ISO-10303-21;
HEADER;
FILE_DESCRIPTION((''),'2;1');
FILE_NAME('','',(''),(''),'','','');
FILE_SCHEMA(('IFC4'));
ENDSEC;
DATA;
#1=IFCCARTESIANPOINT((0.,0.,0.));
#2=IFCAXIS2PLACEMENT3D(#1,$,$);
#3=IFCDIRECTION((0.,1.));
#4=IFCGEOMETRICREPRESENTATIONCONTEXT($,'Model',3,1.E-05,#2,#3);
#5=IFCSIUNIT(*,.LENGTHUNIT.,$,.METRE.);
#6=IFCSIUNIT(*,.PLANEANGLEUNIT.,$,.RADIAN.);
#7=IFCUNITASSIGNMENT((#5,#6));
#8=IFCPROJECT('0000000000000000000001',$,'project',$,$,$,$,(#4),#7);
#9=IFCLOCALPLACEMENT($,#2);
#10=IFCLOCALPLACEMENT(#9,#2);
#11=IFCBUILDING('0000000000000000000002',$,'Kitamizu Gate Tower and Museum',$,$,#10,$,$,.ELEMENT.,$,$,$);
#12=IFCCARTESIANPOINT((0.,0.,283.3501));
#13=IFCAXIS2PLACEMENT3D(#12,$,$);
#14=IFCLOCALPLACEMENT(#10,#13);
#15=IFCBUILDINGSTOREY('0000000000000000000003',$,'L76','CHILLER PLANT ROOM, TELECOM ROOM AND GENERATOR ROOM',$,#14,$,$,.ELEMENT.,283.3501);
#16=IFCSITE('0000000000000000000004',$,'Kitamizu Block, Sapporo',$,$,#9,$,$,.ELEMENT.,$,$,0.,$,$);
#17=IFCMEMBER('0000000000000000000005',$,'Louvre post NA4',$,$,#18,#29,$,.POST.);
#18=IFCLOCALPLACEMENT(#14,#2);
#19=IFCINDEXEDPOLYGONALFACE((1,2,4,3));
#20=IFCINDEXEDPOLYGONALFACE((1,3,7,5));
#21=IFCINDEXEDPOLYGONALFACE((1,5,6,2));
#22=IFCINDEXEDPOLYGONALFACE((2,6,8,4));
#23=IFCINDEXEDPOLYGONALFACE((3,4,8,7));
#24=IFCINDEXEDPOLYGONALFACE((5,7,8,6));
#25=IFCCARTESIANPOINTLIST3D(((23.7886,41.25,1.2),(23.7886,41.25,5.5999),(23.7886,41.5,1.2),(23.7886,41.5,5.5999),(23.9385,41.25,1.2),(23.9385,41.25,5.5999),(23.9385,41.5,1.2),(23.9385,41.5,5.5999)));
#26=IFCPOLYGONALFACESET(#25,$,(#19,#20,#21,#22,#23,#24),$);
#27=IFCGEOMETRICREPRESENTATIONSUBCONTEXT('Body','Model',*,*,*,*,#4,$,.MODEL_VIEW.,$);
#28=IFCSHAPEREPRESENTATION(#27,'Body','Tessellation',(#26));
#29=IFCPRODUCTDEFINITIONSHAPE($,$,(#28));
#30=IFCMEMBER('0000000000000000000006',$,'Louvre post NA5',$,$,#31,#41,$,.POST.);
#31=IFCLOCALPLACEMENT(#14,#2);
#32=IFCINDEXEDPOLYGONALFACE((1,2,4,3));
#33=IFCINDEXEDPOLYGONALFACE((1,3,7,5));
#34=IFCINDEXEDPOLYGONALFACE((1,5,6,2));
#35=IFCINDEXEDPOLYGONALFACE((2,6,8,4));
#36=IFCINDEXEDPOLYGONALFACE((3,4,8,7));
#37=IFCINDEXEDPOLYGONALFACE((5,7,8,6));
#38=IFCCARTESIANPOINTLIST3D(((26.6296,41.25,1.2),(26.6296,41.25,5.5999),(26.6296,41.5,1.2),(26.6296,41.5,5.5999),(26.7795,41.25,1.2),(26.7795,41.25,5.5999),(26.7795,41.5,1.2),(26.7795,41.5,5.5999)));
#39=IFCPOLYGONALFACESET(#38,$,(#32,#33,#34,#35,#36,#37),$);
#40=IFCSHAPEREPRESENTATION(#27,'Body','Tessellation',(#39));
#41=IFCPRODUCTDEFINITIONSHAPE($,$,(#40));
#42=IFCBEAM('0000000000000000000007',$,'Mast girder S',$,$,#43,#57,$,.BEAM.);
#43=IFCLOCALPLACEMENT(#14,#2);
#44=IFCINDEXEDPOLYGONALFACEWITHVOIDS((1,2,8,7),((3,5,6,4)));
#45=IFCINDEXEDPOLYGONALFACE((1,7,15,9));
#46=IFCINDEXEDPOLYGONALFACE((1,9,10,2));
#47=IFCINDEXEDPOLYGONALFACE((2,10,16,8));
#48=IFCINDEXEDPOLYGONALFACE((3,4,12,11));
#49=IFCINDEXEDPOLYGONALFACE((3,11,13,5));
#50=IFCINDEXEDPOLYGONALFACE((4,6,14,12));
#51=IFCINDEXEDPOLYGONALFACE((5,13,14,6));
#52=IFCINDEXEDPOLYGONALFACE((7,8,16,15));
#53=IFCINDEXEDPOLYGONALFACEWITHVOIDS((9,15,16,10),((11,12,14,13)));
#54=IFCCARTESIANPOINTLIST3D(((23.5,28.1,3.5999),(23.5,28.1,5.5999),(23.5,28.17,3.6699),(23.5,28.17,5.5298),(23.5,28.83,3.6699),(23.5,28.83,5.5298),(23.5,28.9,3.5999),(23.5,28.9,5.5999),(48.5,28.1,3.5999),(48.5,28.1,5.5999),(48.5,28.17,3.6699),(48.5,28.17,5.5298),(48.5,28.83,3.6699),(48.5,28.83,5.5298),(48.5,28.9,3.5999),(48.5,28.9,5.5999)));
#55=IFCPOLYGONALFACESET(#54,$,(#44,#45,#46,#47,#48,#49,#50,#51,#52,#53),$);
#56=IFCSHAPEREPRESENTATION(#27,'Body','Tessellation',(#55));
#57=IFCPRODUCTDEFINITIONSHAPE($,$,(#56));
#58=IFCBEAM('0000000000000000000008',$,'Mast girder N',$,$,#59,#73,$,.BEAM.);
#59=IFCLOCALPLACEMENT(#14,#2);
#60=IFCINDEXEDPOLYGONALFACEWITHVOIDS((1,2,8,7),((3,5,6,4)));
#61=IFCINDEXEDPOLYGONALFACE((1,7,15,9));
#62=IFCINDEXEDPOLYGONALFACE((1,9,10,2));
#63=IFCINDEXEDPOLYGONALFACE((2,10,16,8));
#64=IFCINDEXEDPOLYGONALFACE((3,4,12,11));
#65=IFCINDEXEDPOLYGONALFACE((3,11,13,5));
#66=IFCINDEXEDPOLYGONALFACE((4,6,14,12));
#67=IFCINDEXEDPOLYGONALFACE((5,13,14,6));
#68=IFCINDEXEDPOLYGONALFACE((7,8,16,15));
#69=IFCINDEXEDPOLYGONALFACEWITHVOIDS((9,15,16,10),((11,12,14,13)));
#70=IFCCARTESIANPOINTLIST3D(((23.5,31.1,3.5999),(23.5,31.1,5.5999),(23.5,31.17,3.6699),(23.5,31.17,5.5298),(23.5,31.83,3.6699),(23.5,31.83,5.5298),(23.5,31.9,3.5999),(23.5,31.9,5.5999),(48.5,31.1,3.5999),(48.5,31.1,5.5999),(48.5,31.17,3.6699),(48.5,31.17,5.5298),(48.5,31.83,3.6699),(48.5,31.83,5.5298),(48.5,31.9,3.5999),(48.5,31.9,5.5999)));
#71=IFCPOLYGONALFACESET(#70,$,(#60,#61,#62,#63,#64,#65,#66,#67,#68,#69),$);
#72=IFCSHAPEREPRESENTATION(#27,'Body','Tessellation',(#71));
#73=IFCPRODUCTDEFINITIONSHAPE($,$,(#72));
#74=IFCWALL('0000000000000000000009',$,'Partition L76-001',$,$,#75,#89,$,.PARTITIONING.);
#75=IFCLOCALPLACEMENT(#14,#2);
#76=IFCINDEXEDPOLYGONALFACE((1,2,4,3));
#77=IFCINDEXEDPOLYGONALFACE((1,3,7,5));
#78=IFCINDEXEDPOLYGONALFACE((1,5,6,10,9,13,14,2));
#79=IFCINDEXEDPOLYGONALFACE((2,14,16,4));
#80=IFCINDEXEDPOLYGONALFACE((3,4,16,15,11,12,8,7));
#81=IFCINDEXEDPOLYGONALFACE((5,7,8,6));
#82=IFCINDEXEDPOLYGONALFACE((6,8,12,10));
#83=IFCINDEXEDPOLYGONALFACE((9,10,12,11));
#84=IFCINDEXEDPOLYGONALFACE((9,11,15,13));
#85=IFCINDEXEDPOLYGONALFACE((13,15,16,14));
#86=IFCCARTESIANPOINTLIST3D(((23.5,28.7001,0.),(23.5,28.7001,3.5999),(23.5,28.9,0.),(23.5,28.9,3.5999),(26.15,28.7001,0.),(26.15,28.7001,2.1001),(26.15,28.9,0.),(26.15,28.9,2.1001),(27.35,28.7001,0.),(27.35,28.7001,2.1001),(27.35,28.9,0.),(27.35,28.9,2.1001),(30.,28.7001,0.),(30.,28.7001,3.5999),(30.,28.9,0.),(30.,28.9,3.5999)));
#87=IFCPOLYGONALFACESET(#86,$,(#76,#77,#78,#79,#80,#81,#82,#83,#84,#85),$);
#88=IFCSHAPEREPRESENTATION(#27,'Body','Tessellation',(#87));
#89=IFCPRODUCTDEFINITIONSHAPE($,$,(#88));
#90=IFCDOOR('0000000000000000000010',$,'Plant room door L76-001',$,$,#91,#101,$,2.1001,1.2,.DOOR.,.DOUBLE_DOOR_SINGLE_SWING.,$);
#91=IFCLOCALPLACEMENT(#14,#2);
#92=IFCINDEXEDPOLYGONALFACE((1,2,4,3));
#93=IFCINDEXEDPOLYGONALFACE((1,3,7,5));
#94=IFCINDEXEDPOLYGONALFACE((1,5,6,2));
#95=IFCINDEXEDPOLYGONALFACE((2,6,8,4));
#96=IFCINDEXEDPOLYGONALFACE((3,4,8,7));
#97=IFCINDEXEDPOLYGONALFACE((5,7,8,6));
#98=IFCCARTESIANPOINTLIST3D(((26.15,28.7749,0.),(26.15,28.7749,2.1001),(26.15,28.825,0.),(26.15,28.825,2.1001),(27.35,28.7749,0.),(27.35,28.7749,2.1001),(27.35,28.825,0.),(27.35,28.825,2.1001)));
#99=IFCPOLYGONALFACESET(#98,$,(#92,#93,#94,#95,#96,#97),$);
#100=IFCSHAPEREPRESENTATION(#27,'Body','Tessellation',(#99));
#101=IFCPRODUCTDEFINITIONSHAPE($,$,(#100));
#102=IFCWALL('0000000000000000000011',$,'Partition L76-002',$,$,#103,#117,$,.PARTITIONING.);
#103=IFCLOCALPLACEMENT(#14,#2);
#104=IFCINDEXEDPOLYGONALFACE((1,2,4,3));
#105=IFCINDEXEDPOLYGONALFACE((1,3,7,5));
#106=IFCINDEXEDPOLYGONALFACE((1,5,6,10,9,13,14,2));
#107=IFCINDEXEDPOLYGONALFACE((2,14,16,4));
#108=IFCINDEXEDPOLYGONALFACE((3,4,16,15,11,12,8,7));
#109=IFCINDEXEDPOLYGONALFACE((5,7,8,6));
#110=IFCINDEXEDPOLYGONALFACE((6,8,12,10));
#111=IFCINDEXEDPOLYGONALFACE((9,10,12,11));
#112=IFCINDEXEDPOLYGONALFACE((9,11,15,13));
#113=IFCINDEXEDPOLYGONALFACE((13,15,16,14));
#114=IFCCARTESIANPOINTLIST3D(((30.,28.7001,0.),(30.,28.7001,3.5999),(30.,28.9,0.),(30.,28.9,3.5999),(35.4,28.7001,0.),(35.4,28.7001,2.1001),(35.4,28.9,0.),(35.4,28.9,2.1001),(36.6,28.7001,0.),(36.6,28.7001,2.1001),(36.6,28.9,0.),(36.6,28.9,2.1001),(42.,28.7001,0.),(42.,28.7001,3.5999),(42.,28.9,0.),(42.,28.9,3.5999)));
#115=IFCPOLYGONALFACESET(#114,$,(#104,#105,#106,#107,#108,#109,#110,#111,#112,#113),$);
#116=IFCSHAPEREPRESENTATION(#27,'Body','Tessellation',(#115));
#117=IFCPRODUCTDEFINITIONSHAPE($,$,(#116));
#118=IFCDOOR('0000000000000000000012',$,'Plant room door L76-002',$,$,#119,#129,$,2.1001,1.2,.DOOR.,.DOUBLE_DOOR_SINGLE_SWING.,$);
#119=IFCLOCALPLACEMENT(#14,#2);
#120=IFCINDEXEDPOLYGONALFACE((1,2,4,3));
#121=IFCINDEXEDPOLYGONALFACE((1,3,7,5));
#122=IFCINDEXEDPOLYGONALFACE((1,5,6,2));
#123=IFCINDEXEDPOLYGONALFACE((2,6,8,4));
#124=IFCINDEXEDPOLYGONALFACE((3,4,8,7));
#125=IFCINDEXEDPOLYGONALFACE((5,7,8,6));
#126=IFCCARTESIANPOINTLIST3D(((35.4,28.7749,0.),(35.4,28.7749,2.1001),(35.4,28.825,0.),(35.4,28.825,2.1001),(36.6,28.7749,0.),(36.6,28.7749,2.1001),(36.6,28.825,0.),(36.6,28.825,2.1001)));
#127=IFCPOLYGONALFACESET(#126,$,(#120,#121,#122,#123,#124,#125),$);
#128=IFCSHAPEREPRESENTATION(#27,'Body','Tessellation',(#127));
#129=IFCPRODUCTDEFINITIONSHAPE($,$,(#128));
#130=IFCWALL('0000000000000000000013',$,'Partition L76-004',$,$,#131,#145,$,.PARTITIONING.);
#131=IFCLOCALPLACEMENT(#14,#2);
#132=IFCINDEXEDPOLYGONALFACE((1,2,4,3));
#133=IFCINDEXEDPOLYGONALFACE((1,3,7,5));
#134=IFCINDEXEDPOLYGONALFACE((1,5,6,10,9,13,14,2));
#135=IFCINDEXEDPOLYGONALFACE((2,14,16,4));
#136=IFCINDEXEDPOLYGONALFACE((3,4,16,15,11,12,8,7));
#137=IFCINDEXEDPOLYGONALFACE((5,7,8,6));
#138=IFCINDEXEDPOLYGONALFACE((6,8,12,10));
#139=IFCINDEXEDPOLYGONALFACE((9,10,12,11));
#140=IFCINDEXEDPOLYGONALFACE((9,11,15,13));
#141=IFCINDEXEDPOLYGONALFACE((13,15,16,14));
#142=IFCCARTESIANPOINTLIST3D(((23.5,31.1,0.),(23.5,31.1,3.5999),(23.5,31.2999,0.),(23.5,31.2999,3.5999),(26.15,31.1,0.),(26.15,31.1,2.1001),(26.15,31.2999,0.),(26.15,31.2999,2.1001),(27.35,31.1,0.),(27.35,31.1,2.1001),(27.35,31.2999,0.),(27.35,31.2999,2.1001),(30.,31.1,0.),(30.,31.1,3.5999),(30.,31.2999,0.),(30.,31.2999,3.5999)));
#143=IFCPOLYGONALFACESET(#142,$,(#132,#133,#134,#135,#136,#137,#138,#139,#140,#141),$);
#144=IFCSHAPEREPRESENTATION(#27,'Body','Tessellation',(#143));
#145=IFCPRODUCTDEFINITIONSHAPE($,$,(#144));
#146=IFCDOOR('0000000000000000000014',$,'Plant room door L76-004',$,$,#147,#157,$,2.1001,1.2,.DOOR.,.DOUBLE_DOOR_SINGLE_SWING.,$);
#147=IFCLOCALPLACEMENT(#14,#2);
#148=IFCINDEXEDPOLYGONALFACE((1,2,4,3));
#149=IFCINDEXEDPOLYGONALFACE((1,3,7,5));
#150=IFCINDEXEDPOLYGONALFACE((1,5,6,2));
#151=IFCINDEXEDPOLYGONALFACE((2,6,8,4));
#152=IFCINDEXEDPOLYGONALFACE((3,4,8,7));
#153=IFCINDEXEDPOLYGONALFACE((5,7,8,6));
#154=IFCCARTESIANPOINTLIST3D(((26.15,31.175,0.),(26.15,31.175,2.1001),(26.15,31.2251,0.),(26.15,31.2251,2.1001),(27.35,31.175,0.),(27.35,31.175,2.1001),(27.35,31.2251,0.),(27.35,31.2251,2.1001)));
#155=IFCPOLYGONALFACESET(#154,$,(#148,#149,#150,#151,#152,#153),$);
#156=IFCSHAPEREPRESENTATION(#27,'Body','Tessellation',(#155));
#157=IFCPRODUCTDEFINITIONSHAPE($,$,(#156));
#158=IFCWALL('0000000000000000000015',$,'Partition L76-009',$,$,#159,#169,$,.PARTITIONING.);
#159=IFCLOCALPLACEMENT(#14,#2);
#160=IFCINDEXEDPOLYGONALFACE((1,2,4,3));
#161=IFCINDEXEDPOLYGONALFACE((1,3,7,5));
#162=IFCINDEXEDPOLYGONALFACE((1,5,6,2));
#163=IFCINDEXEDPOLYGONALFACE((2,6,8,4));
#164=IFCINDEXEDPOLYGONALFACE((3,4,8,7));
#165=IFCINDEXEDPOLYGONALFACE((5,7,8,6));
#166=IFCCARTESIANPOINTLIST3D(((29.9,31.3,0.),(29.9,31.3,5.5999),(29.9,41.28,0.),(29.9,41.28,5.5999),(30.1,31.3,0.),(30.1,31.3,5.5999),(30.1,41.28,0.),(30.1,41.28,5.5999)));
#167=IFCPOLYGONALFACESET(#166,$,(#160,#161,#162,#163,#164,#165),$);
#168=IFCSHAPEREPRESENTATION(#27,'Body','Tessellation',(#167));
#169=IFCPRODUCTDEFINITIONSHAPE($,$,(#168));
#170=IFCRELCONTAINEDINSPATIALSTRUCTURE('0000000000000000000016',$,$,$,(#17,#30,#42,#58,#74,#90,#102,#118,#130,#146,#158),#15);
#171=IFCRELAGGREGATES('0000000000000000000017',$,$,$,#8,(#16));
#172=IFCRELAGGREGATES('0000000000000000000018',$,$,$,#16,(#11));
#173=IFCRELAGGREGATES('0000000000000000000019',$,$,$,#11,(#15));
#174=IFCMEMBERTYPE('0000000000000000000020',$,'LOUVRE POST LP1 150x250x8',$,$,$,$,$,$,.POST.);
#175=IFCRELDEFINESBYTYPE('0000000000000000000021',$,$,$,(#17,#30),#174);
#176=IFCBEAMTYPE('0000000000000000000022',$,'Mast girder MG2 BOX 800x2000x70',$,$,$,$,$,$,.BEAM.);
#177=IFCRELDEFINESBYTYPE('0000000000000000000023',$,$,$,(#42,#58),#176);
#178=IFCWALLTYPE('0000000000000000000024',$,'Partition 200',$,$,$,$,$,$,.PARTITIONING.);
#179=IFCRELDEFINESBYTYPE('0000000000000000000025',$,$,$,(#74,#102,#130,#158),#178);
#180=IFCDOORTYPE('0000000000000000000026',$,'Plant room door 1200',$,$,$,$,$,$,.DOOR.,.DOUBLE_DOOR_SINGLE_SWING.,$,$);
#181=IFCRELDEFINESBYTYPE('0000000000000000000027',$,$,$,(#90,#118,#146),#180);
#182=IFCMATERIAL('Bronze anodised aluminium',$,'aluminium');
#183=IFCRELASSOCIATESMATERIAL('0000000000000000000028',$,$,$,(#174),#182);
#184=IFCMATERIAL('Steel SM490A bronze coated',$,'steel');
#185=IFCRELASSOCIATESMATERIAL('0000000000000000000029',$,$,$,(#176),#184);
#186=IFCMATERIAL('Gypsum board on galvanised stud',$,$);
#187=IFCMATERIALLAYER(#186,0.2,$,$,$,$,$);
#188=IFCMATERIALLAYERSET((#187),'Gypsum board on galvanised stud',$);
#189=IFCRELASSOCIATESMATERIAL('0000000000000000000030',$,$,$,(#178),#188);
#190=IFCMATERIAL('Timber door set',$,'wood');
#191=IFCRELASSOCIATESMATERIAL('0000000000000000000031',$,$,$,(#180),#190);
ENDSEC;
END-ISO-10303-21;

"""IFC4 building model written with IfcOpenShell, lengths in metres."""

from ifc_helpers import new_model, si_unit, direction, frame, frame_2d, origin, origin_2d, place, context, subcontext, project, spatial, rectangle, hollow_rectangle, extrude, material, layer, layer_set, material_profile, profile_set, type_object, element, fill, save


model = new_model("IFC4")

# Units and contexts
model_context = context("Model", 3, precision=1e-05, world=origin(), true_north=direction((0.0, 1.0)))
body_context = subcontext(model_context, "Body", "Model", "MODEL_VIEW")
ifc_project = project(units=[si_unit("LENGTHUNIT", "METRE"), si_unit("PLANEANGLEUNIT", "RADIAN")], contexts=[model_context])

# Site, building, storey
site_placement = place(None, origin())
site = spatial("IfcSite", under=ifc_project, at=site_placement, Name="Kitamizu Block, Sapporo", CompositionType="ELEMENT", RefElevation=0.0)
building_placement = place(site_placement, origin())
building = spatial("IfcBuilding", under=site, at=building_placement, Name="Kitamizu Gate Tower and Museum", CompositionType="ELEMENT")
storey_placement = place(building_placement, frame((0.0, 0.0, 283.3501)))
storey = spatial("IfcBuildingStorey", under=building, at=storey_placement, Name="L76", Description="CHILLER PLANT ROOM, TELECOM ROOM AND GENERATOR ROOM", CompositionType="ELEMENT", Elevation=283.3501)

# Members
ifc_material_1 = material(Name="Bronze anodised aluminium", Category="aluminium")
ifc_material_profile_1 = material_profile(ifc_material_1, rectangle(XDim=0.1499, YDim=0.25, at=origin_2d()), Name="AL 150x250")
ifc_profile_set_1 = profile_set([ifc_material_profile_1], Name="Bronze anodised aluminium")
member_type = type_object("IfcMemberType", Name="LOUVRE POST LP1 150x250x8", PredefinedType="POST", material=ifc_profile_set_1)
for number, where, z_axis, x_axis, name in (
    (1, (23.8635, 41.375, 1.2), (0.0, 0.0, 1.0), (1.0, 0.0, 0.0), "Louvre post NA4"),
    (2, (26.7046, 41.375, 1.2), (0.0, 0.0, 1.0), (1.0, 0.0, 0.0), "Louvre post NA5"),
):
    element("IfcMember", number, at=place(storey_placement, frame(where, z_axis=z_axis, x_axis=x_axis)), inside=storey, type_object=member_type, Name=name, PredefinedType="POST", context=body_context, shape_type="SweptSolid", body=[
        extrude(rectangle(XDim=0.1499, YDim=0.25, at=origin_2d()), origin(), (0.0, 0.0, 1.0), 4.3999),
    ])

# Beams
ifc_material_2 = material(Name="Steel SM490A bronze coated", Category="steel")
ifc_material_profile_2 = material_profile(ifc_material_2, hollow_rectangle(XDim=0.8, YDim=2.0, WallThickness=0.0701, at=origin_2d()), Name="BOX 800x2000x70")
ifc_profile_set_2 = profile_set([ifc_material_profile_2], Name="Steel SM490A bronze coated")
beam_type = type_object("IfcBeamType", Name="Mast girder MG2 BOX 800x2000x70", PredefinedType="BEAM", material=ifc_profile_set_2)
for number, where, z_axis, x_axis, name in (
    (3, (23.5, 28.5, 4.5999), (1.0, 0.0, 0.0), (0.0, 1.0, 0.0), "Mast girder S"),
    (4, (23.5, 31.5, 4.5999), (1.0, 0.0, 0.0), (0.0, 1.0, 0.0), "Mast girder N"),
):
    element("IfcBeam", number, at=place(storey_placement, frame(where, z_axis=z_axis, x_axis=x_axis)), inside=storey, type_object=beam_type, Name=name, PredefinedType="BEAM", context=body_context, shape_type="SweptSolid", body=[
        extrude(hollow_rectangle(XDim=0.8, YDim=2.0, WallThickness=0.0701, at=origin_2d()), origin(), (0.0, 0.0, 1.0), 25.0),
    ])

# Walls, openings, doors
ifc_material_3 = material(Name="Gypsum board on galvanised stud")
ifc_layer = layer(ifc_material_3, 0.2)
ifc_layer_set = layer_set([ifc_layer], Name="Gypsum board on galvanised stud")
wall_type = type_object("IfcWallType", Name="Partition 200", PredefinedType="PARTITIONING", material=ifc_layer_set)
wall_1_placement = place(storey_placement, frame((23.5, 28.8, 0.0), z_axis=(0.0, 0.0, 1.0), x_axis=(1.0, 0.0, 0.0)))
wall_1 = element("IfcWall", 5, at=wall_1_placement, inside=storey, type_object=wall_type, Name="Partition L76-001", PredefinedType="PARTITIONING", context=body_context, shape_type="SweptSolid", body=[
    extrude(rectangle(XDim=6.5, YDim=0.2, at=frame_2d((3.25, 0.0))), origin(), (0.0, 0.0, 1.0), 3.5999),
])
opening_1_placement = place(wall_1_placement, frame((2.6499, 0.0, 0.0)))
opening_1 = element("IfcOpeningElement", 6, at=opening_1_placement, cuts=wall_1, PredefinedType="OPENING", context=body_context, shape_type="SweptSolid", body=[
    extrude(rectangle(XDim=1.2, YDim=2.1001, at=frame_2d((0.6001, 1.05))), frame((0.0, 0.1099, 0.0), z_axis=(0.0, -1.0, 0.0), x_axis=(1.0, 0.0, 0.0)), (0.0, 0.0, 1.0), 0.22),
])
ifc_material_4 = material(Name="Timber door set", Category="wood")
door_type = type_object("IfcDoorType", Name="Plant room door 1200", OperationType="DOUBLE_DOOR_SINGLE_SWING", PredefinedType="DOOR", material=ifc_material_4)
door_1_placement = place(opening_1_placement, origin())
door_1 = element("IfcDoor", 7, at=door_1_placement, inside=storey, type_object=door_type, Name="Plant room door L76-001", OperationType="DOUBLE_DOOR_SINGLE_SWING", OverallHeight=2.1001, OverallWidth=1.2, PredefinedType="DOOR", context=body_context, shape_type="SweptSolid", body=[
    extrude(rectangle(XDim=1.2, YDim=2.1001, at=frame_2d((0.6001, 1.05))), frame((0.0, 0.0249, 0.0), z_axis=(0.0, -1.0, 0.0), x_axis=(1.0, 0.0, 0.0)), (0.0, 0.0, 1.0), 0.05),
])
fill(opening_1, door_1)
wall_2_placement = place(storey_placement, frame((30.0, 28.8, 0.0), z_axis=(0.0, 0.0, 1.0), x_axis=(1.0, 0.0, 0.0)))
wall_2 = element("IfcWall", 8, at=wall_2_placement, inside=storey, type_object=wall_type, Name="Partition L76-002", PredefinedType="PARTITIONING", context=body_context, shape_type="SweptSolid", body=[
    extrude(rectangle(XDim=12.0, YDim=0.2, at=frame_2d((6.0, 0.0))), origin(), (0.0, 0.0, 1.0), 3.5999),
])
opening_2_placement = place(wall_2_placement, frame((5.3999, 0.0, 0.0)))
opening_2 = element("IfcOpeningElement", 9, at=opening_2_placement, cuts=wall_2, PredefinedType="OPENING", context=body_context, shape_type="SweptSolid", body=[
    extrude(rectangle(XDim=1.2, YDim=2.1001, at=frame_2d((0.6001, 1.05))), frame((0.0, 0.1099, 0.0), z_axis=(0.0, -1.0, 0.0), x_axis=(1.0, 0.0, 0.0)), (0.0, 0.0, 1.0), 0.22),
])
door_2_placement = place(opening_2_placement, origin())
door_2 = element("IfcDoor", 10, at=door_2_placement, inside=storey, type_object=door_type, Name="Plant room door L76-002", OperationType="DOUBLE_DOOR_SINGLE_SWING", OverallHeight=2.1001, OverallWidth=1.2, PredefinedType="DOOR", context=body_context, shape_type="SweptSolid", body=[
    extrude(rectangle(XDim=1.2, YDim=2.1001, at=frame_2d((0.6001, 1.05))), frame((0.0, 0.0249, 0.0), z_axis=(0.0, -1.0, 0.0), x_axis=(1.0, 0.0, 0.0)), (0.0, 0.0, 1.0), 0.05),
])
fill(opening_2, door_2)
wall_3_placement = place(storey_placement, frame((30.0, 31.2, 0.0), z_axis=(0.0, 0.0, 1.0), x_axis=(-1.0, 0.0, 0.0)))
wall_3 = element("IfcWall", 11, at=wall_3_placement, inside=storey, type_object=wall_type, Name="Partition L76-004", PredefinedType="PARTITIONING", context=body_context, shape_type="SweptSolid", body=[
    extrude(rectangle(XDim=6.5, YDim=0.2, at=frame_2d((3.25, 0.0))), origin(), (0.0, 0.0, 1.0), 3.5999),
])
opening_3_placement = place(wall_3_placement, frame((2.6499, 0.0, 0.0)))
opening_3 = element("IfcOpeningElement", 12, at=opening_3_placement, cuts=wall_3, PredefinedType="OPENING", context=body_context, shape_type="SweptSolid", body=[
    extrude(rectangle(XDim=1.2, YDim=2.1001, at=frame_2d((0.6001, 1.05))), frame((0.0, 0.1099, 0.0), z_axis=(0.0, -1.0, 0.0), x_axis=(1.0, 0.0, 0.0)), (0.0, 0.0, 1.0), 0.22),
])
door_3_placement = place(opening_3_placement, origin())
door_3 = element("IfcDoor", 13, at=door_3_placement, inside=storey, type_object=door_type, Name="Plant room door L76-004", OperationType="DOUBLE_DOOR_SINGLE_SWING", OverallHeight=2.1001, OverallWidth=1.2, PredefinedType="DOOR", context=body_context, shape_type="SweptSolid", body=[
    extrude(rectangle(XDim=1.2, YDim=2.1001, at=frame_2d((0.6001, 1.05))), frame((0.0, 0.0249, 0.0), z_axis=(0.0, -1.0, 0.0), x_axis=(1.0, 0.0, 0.0)), (0.0, 0.0, 1.0), 0.05),
])
fill(opening_3, door_3)

# Wall
wall_4_placement = place(storey_placement, frame((30.0, 31.3, 0.0), z_axis=(0.0, 0.0, 1.0), x_axis=(0.0, 1.0, 0.0)))
element("IfcWall", 14, at=wall_4_placement, inside=storey, type_object=wall_type, Name="Partition L76-009", PredefinedType="PARTITIONING", context=body_context, shape_type="SweptSolid", body=[
    extrude(rectangle(XDim=9.98, YDim=0.2, at=frame_2d((4.99, 0.0))), origin(), (0.0, 0.0, 1.0), 5.5999),
])

save(model, "model.ifc")
